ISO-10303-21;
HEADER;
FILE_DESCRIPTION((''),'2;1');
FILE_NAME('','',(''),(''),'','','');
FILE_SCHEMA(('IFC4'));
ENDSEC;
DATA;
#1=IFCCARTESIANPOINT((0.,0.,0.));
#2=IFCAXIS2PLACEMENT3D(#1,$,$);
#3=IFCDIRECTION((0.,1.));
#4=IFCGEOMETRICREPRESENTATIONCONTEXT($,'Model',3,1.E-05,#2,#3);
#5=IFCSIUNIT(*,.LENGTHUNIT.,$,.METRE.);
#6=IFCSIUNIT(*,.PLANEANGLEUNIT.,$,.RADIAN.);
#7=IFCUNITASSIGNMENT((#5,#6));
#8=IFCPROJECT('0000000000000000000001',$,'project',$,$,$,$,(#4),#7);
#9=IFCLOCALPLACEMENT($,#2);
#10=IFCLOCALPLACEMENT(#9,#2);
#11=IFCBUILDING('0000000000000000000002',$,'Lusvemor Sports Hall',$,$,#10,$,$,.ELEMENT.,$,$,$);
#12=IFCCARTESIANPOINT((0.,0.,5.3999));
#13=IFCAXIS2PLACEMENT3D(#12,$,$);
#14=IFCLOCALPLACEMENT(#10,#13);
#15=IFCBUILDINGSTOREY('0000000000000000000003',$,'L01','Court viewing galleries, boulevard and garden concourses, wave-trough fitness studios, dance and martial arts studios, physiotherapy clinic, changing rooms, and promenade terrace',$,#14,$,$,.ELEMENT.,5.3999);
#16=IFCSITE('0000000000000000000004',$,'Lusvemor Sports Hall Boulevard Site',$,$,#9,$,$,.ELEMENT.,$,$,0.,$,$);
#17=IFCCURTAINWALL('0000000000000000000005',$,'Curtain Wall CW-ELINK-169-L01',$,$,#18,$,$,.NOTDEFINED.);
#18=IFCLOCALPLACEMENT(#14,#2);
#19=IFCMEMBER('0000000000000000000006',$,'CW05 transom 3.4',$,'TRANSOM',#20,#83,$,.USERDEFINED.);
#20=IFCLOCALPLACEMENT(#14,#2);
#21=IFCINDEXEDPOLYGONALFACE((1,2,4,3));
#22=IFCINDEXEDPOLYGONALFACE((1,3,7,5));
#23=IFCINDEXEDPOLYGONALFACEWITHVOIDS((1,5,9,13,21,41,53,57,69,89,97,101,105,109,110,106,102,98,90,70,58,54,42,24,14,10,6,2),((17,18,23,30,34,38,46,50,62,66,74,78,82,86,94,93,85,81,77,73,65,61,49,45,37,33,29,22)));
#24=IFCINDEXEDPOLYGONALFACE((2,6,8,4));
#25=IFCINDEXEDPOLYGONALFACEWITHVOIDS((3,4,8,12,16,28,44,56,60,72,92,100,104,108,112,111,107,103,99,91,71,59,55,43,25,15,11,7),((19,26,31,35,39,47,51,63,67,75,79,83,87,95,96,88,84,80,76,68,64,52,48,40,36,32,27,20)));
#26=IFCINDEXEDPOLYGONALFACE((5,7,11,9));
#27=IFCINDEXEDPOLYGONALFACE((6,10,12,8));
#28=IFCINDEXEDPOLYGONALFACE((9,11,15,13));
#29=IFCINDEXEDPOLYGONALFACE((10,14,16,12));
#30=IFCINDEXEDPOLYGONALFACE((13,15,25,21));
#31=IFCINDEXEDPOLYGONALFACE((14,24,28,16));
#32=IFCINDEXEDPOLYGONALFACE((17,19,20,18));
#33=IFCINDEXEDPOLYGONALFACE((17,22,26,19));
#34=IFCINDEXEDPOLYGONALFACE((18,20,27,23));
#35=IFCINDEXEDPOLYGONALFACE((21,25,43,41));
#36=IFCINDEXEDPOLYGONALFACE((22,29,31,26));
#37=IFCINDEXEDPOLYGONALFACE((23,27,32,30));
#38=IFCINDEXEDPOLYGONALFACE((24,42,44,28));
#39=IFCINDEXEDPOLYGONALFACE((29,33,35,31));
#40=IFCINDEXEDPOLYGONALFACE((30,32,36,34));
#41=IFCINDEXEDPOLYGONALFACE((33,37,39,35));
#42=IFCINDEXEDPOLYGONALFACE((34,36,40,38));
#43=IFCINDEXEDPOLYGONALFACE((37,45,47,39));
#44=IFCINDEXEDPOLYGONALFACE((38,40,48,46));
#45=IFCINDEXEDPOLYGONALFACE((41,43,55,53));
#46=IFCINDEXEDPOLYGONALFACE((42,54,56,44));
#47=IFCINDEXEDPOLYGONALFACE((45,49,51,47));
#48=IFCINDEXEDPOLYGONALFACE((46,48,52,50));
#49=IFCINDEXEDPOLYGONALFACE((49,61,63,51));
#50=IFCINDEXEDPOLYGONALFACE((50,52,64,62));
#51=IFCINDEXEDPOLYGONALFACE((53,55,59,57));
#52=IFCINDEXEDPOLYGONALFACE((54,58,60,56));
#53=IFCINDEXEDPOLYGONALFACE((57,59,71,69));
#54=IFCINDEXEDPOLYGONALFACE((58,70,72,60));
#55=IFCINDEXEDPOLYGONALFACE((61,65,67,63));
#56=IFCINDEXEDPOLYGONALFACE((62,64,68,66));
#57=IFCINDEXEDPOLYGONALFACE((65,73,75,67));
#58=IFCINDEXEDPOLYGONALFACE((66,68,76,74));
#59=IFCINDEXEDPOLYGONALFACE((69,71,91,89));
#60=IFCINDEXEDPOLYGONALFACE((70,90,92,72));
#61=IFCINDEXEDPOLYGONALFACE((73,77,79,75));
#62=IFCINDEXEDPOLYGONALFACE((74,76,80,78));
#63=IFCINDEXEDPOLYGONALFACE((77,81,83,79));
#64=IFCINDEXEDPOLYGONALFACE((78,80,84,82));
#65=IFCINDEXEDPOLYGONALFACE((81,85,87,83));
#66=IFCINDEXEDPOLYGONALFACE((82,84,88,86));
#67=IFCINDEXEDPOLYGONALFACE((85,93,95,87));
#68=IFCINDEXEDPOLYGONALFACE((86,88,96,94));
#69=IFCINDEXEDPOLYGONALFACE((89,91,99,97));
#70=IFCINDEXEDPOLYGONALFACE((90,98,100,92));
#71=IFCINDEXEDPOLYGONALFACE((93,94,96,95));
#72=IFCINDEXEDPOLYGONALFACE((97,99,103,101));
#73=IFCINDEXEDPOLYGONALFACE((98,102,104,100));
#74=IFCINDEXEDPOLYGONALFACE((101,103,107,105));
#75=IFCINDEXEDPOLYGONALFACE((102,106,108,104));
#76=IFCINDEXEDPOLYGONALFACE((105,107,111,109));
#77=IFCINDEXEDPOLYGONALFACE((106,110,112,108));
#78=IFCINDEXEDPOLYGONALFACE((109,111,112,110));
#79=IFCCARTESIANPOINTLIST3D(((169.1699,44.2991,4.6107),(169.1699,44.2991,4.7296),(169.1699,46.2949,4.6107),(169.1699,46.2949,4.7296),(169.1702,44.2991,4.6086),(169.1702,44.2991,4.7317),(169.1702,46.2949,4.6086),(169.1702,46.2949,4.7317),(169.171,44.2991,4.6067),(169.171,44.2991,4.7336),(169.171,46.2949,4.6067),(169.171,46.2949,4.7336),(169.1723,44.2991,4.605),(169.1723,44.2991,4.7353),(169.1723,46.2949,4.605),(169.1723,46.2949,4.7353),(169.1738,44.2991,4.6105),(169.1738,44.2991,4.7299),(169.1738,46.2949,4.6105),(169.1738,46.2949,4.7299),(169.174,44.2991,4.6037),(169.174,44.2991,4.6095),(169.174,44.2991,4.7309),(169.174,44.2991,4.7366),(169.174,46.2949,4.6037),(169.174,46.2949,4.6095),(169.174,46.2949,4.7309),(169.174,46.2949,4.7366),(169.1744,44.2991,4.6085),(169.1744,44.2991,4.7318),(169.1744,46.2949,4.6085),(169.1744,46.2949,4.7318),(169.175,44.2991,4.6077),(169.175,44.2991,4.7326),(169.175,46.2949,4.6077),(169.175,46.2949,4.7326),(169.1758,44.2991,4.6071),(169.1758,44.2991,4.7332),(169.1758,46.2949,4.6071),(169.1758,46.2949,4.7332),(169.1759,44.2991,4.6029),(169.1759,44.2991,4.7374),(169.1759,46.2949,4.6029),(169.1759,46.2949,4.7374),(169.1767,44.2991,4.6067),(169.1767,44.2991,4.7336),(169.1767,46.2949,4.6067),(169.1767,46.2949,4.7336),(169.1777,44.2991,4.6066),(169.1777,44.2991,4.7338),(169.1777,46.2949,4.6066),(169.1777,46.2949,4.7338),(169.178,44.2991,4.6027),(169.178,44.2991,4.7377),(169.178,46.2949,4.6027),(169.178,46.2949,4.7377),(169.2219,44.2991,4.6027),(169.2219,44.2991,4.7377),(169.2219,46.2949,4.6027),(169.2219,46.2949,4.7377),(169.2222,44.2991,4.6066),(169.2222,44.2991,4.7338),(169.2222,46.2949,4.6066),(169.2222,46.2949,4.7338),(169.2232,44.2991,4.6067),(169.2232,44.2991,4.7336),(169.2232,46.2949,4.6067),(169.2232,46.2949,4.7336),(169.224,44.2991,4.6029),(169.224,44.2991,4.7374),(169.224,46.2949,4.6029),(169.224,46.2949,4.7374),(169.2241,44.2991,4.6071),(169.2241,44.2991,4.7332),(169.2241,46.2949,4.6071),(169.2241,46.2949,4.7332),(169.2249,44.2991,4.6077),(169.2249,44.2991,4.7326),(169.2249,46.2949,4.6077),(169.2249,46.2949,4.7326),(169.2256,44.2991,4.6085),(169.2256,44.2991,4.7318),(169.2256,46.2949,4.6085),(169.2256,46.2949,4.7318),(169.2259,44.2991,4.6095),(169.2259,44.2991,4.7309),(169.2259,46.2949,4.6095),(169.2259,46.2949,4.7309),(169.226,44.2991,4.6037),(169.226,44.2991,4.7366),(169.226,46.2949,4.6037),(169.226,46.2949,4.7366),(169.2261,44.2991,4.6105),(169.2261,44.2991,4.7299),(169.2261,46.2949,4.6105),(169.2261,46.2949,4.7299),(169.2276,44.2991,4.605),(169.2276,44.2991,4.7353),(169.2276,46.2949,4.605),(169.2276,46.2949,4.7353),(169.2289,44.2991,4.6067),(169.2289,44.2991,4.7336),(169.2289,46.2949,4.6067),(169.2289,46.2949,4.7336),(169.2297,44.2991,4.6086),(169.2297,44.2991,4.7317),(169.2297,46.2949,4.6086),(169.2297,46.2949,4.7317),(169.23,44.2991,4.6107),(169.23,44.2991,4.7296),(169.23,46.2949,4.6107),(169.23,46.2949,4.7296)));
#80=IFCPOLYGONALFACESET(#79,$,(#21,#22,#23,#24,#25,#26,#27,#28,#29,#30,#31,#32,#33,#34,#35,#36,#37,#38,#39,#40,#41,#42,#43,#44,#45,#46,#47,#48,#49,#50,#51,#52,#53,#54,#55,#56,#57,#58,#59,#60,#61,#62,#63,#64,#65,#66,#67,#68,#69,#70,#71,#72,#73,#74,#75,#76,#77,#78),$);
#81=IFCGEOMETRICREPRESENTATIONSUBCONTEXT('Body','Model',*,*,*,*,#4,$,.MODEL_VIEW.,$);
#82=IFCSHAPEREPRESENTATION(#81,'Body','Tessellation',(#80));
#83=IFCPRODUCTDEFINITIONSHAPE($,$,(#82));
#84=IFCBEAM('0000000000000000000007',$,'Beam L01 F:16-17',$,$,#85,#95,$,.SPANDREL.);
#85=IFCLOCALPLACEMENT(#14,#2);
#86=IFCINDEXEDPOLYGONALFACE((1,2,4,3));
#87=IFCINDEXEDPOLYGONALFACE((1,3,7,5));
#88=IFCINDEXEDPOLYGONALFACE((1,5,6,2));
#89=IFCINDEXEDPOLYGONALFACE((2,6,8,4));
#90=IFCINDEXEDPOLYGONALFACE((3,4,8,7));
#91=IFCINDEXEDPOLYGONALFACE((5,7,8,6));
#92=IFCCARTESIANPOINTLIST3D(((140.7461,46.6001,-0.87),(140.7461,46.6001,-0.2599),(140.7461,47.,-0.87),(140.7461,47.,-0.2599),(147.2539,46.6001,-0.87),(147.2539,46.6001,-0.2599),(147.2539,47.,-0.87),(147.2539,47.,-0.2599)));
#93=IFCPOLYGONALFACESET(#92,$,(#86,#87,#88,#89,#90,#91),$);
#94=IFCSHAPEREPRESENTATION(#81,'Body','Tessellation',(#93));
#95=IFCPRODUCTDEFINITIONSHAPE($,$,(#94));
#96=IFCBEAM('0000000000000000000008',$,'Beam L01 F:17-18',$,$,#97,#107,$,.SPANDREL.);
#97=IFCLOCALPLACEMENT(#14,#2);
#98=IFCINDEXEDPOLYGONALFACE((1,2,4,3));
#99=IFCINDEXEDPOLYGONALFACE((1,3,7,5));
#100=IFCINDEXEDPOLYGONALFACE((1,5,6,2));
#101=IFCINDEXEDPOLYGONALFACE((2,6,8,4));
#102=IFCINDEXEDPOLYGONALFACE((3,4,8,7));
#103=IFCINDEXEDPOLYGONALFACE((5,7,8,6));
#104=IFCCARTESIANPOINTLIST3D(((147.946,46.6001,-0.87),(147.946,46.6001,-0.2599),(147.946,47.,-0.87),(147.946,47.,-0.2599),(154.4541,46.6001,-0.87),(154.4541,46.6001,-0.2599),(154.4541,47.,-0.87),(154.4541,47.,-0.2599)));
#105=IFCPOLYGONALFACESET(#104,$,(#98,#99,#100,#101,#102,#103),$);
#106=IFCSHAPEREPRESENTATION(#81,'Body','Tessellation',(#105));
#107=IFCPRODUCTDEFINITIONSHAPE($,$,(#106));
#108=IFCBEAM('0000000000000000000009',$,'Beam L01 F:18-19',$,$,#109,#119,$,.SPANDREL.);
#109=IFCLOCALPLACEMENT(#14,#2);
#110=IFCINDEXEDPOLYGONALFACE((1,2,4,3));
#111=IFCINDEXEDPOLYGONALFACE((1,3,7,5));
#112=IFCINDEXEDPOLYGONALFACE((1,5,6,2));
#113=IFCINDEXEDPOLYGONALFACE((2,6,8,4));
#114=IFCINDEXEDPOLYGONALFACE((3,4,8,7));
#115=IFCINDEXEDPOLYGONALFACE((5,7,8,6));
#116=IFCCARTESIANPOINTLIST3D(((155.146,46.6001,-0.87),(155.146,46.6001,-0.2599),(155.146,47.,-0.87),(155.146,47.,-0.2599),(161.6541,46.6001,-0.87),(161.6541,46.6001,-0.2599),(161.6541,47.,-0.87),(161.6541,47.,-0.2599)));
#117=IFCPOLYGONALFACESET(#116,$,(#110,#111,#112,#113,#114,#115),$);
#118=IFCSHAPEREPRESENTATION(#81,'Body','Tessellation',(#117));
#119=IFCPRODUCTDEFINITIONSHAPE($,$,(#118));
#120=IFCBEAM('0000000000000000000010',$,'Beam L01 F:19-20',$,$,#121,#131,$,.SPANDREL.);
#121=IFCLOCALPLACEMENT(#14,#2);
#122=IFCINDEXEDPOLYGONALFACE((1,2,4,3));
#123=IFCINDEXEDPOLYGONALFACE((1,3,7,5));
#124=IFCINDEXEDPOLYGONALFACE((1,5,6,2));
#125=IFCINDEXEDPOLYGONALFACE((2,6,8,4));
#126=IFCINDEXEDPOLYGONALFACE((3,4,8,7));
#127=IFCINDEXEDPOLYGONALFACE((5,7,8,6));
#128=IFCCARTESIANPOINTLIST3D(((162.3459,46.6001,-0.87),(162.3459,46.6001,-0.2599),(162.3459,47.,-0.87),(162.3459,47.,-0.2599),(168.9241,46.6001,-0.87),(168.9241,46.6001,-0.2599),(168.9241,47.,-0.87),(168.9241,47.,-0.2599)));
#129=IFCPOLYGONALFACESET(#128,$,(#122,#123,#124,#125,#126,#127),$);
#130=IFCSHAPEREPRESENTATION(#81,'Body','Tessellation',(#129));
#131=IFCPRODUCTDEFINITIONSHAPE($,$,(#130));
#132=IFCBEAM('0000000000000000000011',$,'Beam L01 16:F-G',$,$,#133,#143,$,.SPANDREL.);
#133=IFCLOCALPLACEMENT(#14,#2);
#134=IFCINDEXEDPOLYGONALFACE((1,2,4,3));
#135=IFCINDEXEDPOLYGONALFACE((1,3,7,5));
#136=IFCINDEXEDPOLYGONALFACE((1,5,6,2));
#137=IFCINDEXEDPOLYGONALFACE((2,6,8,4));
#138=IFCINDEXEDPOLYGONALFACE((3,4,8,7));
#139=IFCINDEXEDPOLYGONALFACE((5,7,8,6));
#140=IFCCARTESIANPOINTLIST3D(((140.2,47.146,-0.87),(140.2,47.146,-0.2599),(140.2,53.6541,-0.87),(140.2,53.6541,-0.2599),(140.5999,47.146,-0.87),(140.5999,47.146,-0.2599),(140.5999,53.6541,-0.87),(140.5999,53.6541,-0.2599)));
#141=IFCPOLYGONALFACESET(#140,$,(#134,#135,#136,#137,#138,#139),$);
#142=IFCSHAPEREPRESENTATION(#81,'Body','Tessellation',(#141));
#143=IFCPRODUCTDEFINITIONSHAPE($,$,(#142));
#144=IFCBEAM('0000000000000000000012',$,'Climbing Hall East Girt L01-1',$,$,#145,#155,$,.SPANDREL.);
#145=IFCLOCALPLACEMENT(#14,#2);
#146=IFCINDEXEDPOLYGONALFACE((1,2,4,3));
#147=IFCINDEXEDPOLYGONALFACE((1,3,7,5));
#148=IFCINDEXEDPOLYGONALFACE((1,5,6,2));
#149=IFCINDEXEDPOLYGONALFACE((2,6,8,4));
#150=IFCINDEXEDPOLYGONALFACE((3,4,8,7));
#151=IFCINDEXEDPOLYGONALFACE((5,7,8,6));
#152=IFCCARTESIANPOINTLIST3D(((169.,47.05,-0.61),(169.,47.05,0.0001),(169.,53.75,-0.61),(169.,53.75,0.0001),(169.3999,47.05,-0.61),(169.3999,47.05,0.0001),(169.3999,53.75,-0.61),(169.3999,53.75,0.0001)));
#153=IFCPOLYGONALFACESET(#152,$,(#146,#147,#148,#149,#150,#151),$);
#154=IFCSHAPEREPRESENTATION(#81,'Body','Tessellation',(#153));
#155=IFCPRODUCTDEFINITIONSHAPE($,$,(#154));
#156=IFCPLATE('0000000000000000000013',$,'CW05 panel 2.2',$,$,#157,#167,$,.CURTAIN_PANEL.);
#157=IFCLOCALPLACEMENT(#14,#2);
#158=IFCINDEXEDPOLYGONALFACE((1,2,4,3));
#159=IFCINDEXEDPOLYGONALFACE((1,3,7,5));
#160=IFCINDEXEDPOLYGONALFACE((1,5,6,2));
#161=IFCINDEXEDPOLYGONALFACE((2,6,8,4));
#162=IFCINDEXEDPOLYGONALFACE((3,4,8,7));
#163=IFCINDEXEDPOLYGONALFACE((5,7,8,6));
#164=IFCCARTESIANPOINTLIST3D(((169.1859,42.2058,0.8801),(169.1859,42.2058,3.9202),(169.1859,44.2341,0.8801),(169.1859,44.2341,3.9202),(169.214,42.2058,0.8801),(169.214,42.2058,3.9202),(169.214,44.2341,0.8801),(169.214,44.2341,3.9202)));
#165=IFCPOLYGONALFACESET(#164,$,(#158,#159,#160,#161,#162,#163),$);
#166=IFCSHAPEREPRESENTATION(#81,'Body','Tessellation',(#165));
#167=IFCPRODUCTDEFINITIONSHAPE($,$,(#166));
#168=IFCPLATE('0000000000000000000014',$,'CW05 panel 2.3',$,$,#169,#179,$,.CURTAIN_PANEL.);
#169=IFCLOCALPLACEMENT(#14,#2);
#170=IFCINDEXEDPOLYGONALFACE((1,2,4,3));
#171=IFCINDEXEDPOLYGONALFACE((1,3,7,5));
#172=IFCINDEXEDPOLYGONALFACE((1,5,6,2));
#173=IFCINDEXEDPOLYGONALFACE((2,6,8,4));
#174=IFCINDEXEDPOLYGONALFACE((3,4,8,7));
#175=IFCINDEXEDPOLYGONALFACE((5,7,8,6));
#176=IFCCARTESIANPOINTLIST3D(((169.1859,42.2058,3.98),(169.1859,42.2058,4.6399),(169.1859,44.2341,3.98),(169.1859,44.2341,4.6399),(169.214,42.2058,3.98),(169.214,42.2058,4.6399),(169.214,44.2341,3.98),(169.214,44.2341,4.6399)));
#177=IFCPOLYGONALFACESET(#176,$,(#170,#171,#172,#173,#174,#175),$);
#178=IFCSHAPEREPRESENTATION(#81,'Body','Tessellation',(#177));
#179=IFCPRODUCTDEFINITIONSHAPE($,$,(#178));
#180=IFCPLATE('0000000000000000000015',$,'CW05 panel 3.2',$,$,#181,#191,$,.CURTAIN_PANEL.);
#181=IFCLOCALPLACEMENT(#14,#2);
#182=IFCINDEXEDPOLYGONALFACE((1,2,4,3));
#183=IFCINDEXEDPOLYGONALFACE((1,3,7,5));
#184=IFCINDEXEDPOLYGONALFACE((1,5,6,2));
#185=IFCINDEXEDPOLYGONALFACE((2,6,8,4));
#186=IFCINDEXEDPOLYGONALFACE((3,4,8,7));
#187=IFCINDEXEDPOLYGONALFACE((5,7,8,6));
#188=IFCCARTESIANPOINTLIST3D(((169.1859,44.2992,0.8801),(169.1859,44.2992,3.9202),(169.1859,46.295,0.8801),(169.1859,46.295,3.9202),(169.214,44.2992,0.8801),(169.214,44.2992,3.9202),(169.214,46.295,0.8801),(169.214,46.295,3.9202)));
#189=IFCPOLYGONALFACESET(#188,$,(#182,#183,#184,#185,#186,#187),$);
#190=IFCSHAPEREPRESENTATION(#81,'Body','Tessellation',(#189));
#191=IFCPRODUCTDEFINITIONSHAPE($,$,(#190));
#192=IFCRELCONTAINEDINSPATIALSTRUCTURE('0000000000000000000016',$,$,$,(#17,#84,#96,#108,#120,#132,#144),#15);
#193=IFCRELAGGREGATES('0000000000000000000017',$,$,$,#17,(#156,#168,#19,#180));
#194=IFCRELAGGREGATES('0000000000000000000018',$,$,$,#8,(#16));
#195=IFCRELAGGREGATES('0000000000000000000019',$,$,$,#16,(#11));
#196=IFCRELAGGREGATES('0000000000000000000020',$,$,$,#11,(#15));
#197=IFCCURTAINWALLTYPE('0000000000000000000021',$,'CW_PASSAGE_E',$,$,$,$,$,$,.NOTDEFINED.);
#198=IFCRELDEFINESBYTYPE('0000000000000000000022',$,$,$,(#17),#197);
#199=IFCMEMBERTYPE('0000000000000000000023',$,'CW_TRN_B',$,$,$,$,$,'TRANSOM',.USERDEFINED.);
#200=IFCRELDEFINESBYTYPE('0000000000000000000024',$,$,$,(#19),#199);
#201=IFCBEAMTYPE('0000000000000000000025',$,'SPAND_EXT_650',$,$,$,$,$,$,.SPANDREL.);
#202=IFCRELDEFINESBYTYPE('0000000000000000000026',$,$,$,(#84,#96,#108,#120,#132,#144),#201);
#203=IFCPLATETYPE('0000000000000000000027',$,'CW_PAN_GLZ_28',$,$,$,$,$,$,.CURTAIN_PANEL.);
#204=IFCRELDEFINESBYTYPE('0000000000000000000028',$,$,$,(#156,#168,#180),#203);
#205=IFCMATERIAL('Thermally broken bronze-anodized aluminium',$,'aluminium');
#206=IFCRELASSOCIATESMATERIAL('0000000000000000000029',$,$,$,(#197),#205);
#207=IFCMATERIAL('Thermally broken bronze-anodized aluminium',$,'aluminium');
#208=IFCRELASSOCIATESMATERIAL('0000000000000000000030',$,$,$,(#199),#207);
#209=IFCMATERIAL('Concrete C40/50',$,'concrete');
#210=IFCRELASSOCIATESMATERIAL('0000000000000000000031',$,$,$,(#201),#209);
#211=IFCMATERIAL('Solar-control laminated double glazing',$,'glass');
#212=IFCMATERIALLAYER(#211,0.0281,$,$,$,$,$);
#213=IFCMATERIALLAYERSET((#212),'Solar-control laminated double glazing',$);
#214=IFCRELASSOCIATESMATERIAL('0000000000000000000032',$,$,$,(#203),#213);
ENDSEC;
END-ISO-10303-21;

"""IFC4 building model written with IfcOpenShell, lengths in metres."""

from ifc_helpers import new_model, si_unit, direction, frame, origin, origin_2d, place, context, subcontext, project, spatial, rectangle, hollow_rectangle, extrude, material, layer, layer_set, material_profile, profile_set, type_object, element, aggregate, save


model = new_model("IFC4")

# Units and contexts
model_context = context("Model", 3, precision=1e-05, world=origin(), true_north=direction((0.0, 1.0)))
body_context = subcontext(model_context, "Body", "Model", "MODEL_VIEW")
ifc_project = project(units=[si_unit("LENGTHUNIT", "METRE"), si_unit("PLANEANGLEUNIT", "RADIAN")], contexts=[model_context])

# Site, building, storey
site_placement = place(None, origin())
site = spatial("IfcSite", under=ifc_project, at=site_placement, Name="Lusvemor Sports Hall Boulevard Site", CompositionType="ELEMENT", RefElevation=0.0)
building_placement = place(site_placement, origin())
building = spatial("IfcBuilding", under=site, at=building_placement, Name="Lusvemor Sports Hall", CompositionType="ELEMENT")
storey_placement = place(building_placement, frame((0.0, 0.0, 5.3999)))
storey = spatial("IfcBuildingStorey", under=building, at=storey_placement, Name="L01", Description="Court viewing galleries, boulevard and garden concourses, wave-trough fitness studios, dance and martial arts studios, physiotherapy clinic, changing rooms, and promenade terrace", CompositionType="ELEMENT", Elevation=5.3999)

# Curtain wall, member
ifc_material_1 = material(Name="Thermally broken bronze-anodized aluminium", Category="aluminium")
curtain_wall_type = type_object("IfcCurtainWallType", Name="CW_PASSAGE_E", PredefinedType="NOTDEFINED", material=ifc_material_1)
curtain_wall_placement = place(storey_placement, origin())
curtain_wall = element("IfcCurtainWall", 1, at=curtain_wall_placement, inside=storey, type_object=curtain_wall_type, Name="Curtain Wall CW-ELINK-169-L01", PredefinedType="NOTDEFINED")
ifc_material_2 = material(Name="Thermally broken bronze-anodized aluminium", Category="aluminium")
ifc_material_profile_1 = material_profile(ifc_material_2, hollow_rectangle(XDim=0.0601, YDim=0.135, WallThickness=0.0039, InnerFilletRadius=0.0039, OuterFilletRadius=0.0081, at=origin_2d()), Name="CWTRN135x60x4")
ifc_profile_set_1 = profile_set([ifc_material_profile_1], Name="Thermally broken bronze-anodized aluminium")
member_type_1 = type_object("IfcMemberType", Name="CW_TRN_B", ElementType="TRANSOM", PredefinedType="USERDEFINED", material=ifc_profile_set_1)
member_1_placement = place(storey_placement, frame((169.2, 44.2991, 4.6702), z_axis=(0.0, 1.0, 0.0), x_axis=(-1.0, 0.0, 0.0)))
member_1 = element("IfcMember", 2, at=member_1_placement, type_object=member_type_1, Name="CW05 transom 3.4", ObjectType="TRANSOM", PredefinedType="USERDEFINED", context=body_context, shape_type="SweptSolid", body=[
    extrude(hollow_rectangle(XDim=0.0601, YDim=0.135, WallThickness=0.0039, InnerFilletRadius=0.0039, OuterFilletRadius=0.0081, at=origin_2d()), origin(), (0.0, 0.0, 1.0), 1.9958),
])

# Beams
ifc_material_3 = material(Name="Concrete C40/50", Category="concrete")
ifc_material_profile_2 = material_profile(ifc_material_3, rectangle(XDim=0.3999, YDim=0.6101, at=origin_2d()), Name="RC400x610")
ifc_profile_set_2 = profile_set([ifc_material_profile_2], Name="Concrete C40/50")
beam_type = type_object("IfcBeamType", Name="SPAND_EXT_650", PredefinedType="SPANDREL", material=ifc_profile_set_2)
beam_1_placement = place(storey_placement, frame((140.7461, 46.8, -0.5649), z_axis=(1.0, 0.0, 0.0), x_axis=(0.0, 1.0, 0.0)))
element("IfcBeam", 3, at=beam_1_placement, inside=storey, type_object=beam_type, Name="Beam L01 F:16-17", PredefinedType="SPANDREL", context=body_context, shape_type="SweptSolid", body=[
    extrude(rectangle(XDim=0.3999, YDim=0.6101, at=origin_2d()), origin(), (0.0, 0.0, 1.0), 6.5078),
])
for number, where, z_axis, x_axis, name in (
    (4, (147.946, 46.8, -0.5649), (1.0, 0.0, 0.0), (0.0, 1.0, 0.0), "Beam L01 F:17-18"),
    (5, (155.146, 46.8, -0.5649), (1.0, 0.0, 0.0), (0.0, 1.0, 0.0), "Beam L01 F:18-19"),
):
    element("IfcBeam", number, at=place(storey_placement, frame(where, z_axis=z_axis, x_axis=x_axis)), inside=storey, type_object=beam_type, Name=name, PredefinedType="SPANDREL", context=body_context, shape_type="SweptSolid", body=[
        extrude(rectangle(XDim=0.3999, YDim=0.6101, at=origin_2d()), origin(), (0.0, 0.0, 1.0), 6.5081),
    ])
beam_2_placement = place(storey_placement, frame((162.3459, 46.8, -0.5649), z_axis=(1.0, 0.0, 0.0), x_axis=(0.0, 1.0, 0.0)))
element("IfcBeam", 6, at=beam_2_placement, inside=storey, type_object=beam_type, Name="Beam L01 F:19-20", PredefinedType="SPANDREL", context=body_context, shape_type="SweptSolid", body=[
    extrude(rectangle(XDim=0.3999, YDim=0.6101, at=origin_2d()), origin(), (0.0, 0.0, 1.0), 6.5781),
])
beam_3_placement = place(storey_placement, frame((140.3999, 47.146, -0.5649), z_axis=(0.0, 1.0, 0.0), x_axis=(-1.0, 0.0, 0.0)))
element("IfcBeam", 7, at=beam_3_placement, inside=storey, type_object=beam_type, Name="Beam L01 16:F-G", PredefinedType="SPANDREL", context=body_context, shape_type="SweptSolid", body=[
    extrude(rectangle(XDim=0.3999, YDim=0.6101, at=origin_2d()), origin(), (0.0, 0.0, 1.0), 6.5081),
])
beam_4_placement = place(storey_placement, frame((169.2, 47.05, -0.3049), z_axis=(0.0, 1.0, 0.0), x_axis=(-1.0, 0.0, 0.0)))
element("IfcBeam", 8, at=beam_4_placement, inside=storey, type_object=beam_type, Name="Climbing Hall East Girt L01-1", PredefinedType="SPANDREL", context=body_context, shape_type="SweptSolid", body=[
    extrude(rectangle(XDim=0.3999, YDim=0.6101, at=origin_2d()), origin(), (0.0, 0.0, 1.0), 6.7),
])

# Plates
ifc_material_4 = material(Name="Solar-control laminated double glazing", Category="glass")
ifc_layer_1 = layer(ifc_material_4, 0.0281)
ifc_layer_set_1 = layer_set([ifc_layer_1], Name="Solar-control laminated double glazing")
plate_type_1 = type_object("IfcPlateType", Name="CW_PAN_GLZ_28", PredefinedType="CURTAIN_PANEL", material=ifc_layer_set_1)
plate_1_placement = place(storey_placement, frame((169.2, 43.22, 0.8801), z_axis=(0.0, 0.0, 1.0), x_axis=(0.0, 1.0, 0.0)))
plate_1 = element("IfcPlate", 9, at=plate_1_placement, type_object=plate_type_1, Name="CW05 panel 2.2", PredefinedType="CURTAIN_PANEL", context=body_context, shape_type="SweptSolid", body=[
    extrude(rectangle(XDim=2.0283, YDim=0.0281, at=origin_2d()), origin(), (0.0, 0.0, 1.0), 3.04),
])
plate_2_placement = place(storey_placement, frame((169.2, 43.22, 3.98), z_axis=(0.0, 0.0, 1.0), x_axis=(0.0, 1.0, 0.0)))
plate_2 = element("IfcPlate", 10, at=plate_2_placement, type_object=plate_type_1, Name="CW05 panel 2.3", PredefinedType="CURTAIN_PANEL", context=body_context, shape_type="SweptSolid", body=[
    extrude(rectangle(XDim=2.0283, YDim=0.0281, at=origin_2d()), origin(), (0.0, 0.0, 1.0), 0.6599),
])
plate_3_placement = place(storey_placement, frame((169.2, 45.2971, 0.8801), z_axis=(0.0, 0.0, 1.0), x_axis=(0.0, 1.0, 0.0)))
plate_3 = element("IfcPlate", 11, at=plate_3_placement, type_object=plate_type_1, Name="CW05 panel 3.2", PredefinedType="CURTAIN_PANEL", context=body_context, shape_type="SweptSolid", body=[
    extrude(rectangle(XDim=1.9958, YDim=0.0281, at=origin_2d()), origin(), (0.0, 0.0, 1.0), 3.04),
])
aggregate(curtain_wall, [plate_1, plate_2, member_1, plate_3])

save(model, "model.ifc")
